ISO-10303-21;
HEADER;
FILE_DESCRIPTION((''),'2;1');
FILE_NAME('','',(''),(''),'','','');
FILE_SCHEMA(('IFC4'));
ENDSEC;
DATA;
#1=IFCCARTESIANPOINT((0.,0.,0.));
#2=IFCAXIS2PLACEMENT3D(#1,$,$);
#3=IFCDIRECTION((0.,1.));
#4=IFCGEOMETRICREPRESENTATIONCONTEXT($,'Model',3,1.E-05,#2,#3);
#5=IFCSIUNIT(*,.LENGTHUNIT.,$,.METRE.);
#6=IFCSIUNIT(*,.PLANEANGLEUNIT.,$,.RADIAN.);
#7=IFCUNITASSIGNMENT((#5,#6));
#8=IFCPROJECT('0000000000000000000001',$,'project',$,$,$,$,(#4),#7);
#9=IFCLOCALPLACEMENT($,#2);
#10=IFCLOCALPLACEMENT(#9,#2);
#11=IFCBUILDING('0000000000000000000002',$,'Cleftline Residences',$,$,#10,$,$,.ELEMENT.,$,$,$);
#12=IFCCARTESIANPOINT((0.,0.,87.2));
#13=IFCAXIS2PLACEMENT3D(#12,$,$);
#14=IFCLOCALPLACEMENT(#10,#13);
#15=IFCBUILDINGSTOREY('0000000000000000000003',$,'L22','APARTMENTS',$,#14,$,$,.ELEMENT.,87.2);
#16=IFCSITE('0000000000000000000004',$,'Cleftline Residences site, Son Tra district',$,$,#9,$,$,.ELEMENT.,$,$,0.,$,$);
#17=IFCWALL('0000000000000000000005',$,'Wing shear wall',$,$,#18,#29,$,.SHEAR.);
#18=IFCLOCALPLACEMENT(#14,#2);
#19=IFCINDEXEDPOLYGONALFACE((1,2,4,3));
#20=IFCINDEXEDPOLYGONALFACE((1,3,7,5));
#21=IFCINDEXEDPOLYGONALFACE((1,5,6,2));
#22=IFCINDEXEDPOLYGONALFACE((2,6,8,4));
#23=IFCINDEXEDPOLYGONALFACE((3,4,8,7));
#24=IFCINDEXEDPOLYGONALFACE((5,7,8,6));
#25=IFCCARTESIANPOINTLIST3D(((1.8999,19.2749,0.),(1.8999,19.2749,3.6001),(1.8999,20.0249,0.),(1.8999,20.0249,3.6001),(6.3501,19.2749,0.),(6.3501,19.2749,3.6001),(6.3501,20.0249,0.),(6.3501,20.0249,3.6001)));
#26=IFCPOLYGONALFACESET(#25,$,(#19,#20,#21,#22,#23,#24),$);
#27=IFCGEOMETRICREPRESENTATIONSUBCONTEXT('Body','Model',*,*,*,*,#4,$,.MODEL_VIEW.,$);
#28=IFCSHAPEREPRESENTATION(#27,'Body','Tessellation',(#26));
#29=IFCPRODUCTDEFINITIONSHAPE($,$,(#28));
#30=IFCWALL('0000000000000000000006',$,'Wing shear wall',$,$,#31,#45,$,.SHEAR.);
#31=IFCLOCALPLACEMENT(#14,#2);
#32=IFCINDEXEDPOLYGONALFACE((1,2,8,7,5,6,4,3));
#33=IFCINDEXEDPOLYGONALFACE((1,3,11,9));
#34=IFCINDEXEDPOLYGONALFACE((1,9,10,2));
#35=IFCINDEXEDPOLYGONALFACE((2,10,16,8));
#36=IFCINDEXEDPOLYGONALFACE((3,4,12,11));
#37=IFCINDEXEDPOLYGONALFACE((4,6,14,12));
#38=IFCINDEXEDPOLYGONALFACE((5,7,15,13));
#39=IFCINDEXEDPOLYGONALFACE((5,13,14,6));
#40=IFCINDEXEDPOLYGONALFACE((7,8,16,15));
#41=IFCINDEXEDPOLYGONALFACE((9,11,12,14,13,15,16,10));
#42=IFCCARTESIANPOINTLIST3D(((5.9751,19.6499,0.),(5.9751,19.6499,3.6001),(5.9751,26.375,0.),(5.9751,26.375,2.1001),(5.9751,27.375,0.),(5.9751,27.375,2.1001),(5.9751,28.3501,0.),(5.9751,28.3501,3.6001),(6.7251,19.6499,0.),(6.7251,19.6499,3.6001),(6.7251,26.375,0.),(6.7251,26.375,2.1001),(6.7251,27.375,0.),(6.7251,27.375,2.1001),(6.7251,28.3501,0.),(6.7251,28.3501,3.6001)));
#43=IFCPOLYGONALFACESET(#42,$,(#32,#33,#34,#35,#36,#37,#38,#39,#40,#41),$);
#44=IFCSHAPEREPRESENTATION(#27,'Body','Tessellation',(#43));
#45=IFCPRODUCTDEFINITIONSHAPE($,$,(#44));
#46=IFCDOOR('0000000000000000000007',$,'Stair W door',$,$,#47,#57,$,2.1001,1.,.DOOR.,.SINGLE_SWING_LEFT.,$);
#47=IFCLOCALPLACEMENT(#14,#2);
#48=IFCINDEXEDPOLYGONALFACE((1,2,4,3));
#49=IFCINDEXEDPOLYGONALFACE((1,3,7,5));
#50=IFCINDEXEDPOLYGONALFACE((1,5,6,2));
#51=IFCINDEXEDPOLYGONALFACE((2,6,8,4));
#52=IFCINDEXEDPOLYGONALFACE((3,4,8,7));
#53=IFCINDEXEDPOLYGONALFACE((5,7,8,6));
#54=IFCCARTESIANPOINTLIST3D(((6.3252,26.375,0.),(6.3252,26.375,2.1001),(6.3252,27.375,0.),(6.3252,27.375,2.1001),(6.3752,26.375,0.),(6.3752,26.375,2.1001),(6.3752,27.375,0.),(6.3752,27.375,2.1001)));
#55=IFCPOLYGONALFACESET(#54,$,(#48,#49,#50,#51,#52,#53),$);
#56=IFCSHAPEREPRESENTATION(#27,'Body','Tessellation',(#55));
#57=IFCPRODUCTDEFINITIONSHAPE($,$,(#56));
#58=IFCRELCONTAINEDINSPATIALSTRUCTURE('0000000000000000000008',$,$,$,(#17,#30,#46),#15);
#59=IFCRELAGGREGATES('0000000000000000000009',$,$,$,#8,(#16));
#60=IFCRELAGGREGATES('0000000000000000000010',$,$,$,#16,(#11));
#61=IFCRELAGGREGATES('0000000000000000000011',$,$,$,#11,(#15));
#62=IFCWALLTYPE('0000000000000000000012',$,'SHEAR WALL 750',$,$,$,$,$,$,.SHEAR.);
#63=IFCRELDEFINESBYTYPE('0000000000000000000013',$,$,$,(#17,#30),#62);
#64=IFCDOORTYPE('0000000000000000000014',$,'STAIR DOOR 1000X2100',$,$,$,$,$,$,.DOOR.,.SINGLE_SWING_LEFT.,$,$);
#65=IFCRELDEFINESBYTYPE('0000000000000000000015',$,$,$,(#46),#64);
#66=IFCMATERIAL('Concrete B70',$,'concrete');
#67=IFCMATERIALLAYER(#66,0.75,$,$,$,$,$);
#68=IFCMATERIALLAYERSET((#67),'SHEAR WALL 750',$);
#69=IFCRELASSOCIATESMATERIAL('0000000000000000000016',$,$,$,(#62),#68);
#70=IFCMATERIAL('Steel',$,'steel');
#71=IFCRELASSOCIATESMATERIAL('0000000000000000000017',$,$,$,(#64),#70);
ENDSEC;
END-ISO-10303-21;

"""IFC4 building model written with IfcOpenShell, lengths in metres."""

from ifc_helpers import new_model, si_unit, direction, frame, frame_2d, origin, place, context, subcontext, project, spatial, rectangle, extrude, material, layer, layer_set, type_object, element, fill, save


model = new_model("IFC4")

# Units and contexts
model_context = context("Model", 3, precision=1e-05, world=origin(), true_north=direction((0.0, 1.0)))
body_context = subcontext(model_context, "Body", "Model", "MODEL_VIEW")
ifc_project = project(units=[si_unit("LENGTHUNIT", "METRE"), si_unit("PLANEANGLEUNIT", "RADIAN")], contexts=[model_context])

# Site, building, storey
site_placement = place(None, origin())
site = spatial("IfcSite", under=ifc_project, at=site_placement, Name="Cleftline Residences site, Son Tra district", CompositionType="ELEMENT", RefElevation=0.0)
building_placement = place(site_placement, origin())
building = spatial("IfcBuilding", under=site, at=building_placement, Name="Cleftline Residences", CompositionType="ELEMENT")
storey_placement = place(building_placement, frame((0.0, 0.0, 87.2)))
storey = spatial("IfcBuildingStorey", under=building, at=storey_placement, Name="L22", Description="APARTMENTS", CompositionType="ELEMENT", Elevation=87.2)

# Wall
ifc_material_1 = material(Name="Concrete B70", Category="concrete")
ifc_layer_1 = layer(ifc_material_1, 0.75)
ifc_layer_set_1 = layer_set([ifc_layer_1], Name="SHEAR WALL 750")
wall_type_1 = type_object("IfcWallType", Name="SHEAR WALL 750", PredefinedType="SHEAR", material=ifc_layer_set_1)
wall_1_placement = place(storey_placement, frame((1.8999, 19.6499, 0.0), z_axis=(0.0, 0.0, 1.0), x_axis=(1.0, 0.0, 0.0)))
element("IfcWall", 1, at=wall_1_placement, inside=storey, type_object=wall_type_1, Name="Wing shear wall", PredefinedType="SHEAR", context=body_context, shape_type="SweptSolid", body=[
    extrude(rectangle(XDim=4.4502, YDim=0.75, at=frame_2d((2.2251, 0.0))), origin(), (0.0, 0.0, 1.0), 3.6001),
])

# Wall, opening, door
wall_2_placement = place(storey_placement, frame((6.3501, 19.6499, 0.0), z_axis=(0.0, 0.0, 1.0), x_axis=(0.0, 1.0, 0.0)))
wall_2 = element("IfcWall", 2, at=wall_2_placement, inside=storey, type_object=wall_type_1, Name="Wing shear wall", PredefinedType="SHEAR", context=body_context, shape_type="SweptSolid", body=[
    extrude(rectangle(XDim=8.7002, YDim=0.75, at=frame_2d((4.3501, 0.0))), origin(), (0.0, 0.0, 1.0), 3.6001),
])
opening_1_placement = place(wall_2_placement, frame((6.7251, 0.0, 0.0)))
opening_1 = element("IfcOpeningElement", 3, at=opening_1_placement, cuts=wall_2, PredefinedType="OPENING", context=body_context, shape_type="SweptSolid", body=[
    extrude(rectangle(XDim=1.0, YDim=2.1001, at=frame_2d((0.5, 1.05))), frame((0.0, 0.385, 0.0), z_axis=(0.0, -1.0, 0.0), x_axis=(1.0, 0.0, 0.0)), (0.0, 0.0, 1.0), 0.77),
])
ifc_material_2 = material(Name="Steel", Category="steel")
door_type_1 = type_object("IfcDoorType", Name="STAIR DOOR 1000X2100", OperationType="SINGLE_SWING_LEFT", PredefinedType="DOOR", material=ifc_material_2)
door_1_placement = place(opening_1_placement, origin())
door_1 = element("IfcDoor", 4, at=door_1_placement, inside=storey, type_object=door_type_1, Name="Stair W door", OperationType="SINGLE_SWING_LEFT", OverallHeight=2.1001, OverallWidth=1.0, PredefinedType="DOOR", context=body_context, shape_type="SweptSolid", body=[
    extrude(rectangle(XDim=1.0, YDim=2.1001, at=frame_2d((0.5, 1.05))), frame((0.0, 0.0249, 0.0), z_axis=(0.0, -1.0, 0.0), x_axis=(1.0, 0.0, 0.0)), (0.0, 0.0, 1.0), 0.05),
])
fill(opening_1, door_1)

save(model, "model.ifc")
